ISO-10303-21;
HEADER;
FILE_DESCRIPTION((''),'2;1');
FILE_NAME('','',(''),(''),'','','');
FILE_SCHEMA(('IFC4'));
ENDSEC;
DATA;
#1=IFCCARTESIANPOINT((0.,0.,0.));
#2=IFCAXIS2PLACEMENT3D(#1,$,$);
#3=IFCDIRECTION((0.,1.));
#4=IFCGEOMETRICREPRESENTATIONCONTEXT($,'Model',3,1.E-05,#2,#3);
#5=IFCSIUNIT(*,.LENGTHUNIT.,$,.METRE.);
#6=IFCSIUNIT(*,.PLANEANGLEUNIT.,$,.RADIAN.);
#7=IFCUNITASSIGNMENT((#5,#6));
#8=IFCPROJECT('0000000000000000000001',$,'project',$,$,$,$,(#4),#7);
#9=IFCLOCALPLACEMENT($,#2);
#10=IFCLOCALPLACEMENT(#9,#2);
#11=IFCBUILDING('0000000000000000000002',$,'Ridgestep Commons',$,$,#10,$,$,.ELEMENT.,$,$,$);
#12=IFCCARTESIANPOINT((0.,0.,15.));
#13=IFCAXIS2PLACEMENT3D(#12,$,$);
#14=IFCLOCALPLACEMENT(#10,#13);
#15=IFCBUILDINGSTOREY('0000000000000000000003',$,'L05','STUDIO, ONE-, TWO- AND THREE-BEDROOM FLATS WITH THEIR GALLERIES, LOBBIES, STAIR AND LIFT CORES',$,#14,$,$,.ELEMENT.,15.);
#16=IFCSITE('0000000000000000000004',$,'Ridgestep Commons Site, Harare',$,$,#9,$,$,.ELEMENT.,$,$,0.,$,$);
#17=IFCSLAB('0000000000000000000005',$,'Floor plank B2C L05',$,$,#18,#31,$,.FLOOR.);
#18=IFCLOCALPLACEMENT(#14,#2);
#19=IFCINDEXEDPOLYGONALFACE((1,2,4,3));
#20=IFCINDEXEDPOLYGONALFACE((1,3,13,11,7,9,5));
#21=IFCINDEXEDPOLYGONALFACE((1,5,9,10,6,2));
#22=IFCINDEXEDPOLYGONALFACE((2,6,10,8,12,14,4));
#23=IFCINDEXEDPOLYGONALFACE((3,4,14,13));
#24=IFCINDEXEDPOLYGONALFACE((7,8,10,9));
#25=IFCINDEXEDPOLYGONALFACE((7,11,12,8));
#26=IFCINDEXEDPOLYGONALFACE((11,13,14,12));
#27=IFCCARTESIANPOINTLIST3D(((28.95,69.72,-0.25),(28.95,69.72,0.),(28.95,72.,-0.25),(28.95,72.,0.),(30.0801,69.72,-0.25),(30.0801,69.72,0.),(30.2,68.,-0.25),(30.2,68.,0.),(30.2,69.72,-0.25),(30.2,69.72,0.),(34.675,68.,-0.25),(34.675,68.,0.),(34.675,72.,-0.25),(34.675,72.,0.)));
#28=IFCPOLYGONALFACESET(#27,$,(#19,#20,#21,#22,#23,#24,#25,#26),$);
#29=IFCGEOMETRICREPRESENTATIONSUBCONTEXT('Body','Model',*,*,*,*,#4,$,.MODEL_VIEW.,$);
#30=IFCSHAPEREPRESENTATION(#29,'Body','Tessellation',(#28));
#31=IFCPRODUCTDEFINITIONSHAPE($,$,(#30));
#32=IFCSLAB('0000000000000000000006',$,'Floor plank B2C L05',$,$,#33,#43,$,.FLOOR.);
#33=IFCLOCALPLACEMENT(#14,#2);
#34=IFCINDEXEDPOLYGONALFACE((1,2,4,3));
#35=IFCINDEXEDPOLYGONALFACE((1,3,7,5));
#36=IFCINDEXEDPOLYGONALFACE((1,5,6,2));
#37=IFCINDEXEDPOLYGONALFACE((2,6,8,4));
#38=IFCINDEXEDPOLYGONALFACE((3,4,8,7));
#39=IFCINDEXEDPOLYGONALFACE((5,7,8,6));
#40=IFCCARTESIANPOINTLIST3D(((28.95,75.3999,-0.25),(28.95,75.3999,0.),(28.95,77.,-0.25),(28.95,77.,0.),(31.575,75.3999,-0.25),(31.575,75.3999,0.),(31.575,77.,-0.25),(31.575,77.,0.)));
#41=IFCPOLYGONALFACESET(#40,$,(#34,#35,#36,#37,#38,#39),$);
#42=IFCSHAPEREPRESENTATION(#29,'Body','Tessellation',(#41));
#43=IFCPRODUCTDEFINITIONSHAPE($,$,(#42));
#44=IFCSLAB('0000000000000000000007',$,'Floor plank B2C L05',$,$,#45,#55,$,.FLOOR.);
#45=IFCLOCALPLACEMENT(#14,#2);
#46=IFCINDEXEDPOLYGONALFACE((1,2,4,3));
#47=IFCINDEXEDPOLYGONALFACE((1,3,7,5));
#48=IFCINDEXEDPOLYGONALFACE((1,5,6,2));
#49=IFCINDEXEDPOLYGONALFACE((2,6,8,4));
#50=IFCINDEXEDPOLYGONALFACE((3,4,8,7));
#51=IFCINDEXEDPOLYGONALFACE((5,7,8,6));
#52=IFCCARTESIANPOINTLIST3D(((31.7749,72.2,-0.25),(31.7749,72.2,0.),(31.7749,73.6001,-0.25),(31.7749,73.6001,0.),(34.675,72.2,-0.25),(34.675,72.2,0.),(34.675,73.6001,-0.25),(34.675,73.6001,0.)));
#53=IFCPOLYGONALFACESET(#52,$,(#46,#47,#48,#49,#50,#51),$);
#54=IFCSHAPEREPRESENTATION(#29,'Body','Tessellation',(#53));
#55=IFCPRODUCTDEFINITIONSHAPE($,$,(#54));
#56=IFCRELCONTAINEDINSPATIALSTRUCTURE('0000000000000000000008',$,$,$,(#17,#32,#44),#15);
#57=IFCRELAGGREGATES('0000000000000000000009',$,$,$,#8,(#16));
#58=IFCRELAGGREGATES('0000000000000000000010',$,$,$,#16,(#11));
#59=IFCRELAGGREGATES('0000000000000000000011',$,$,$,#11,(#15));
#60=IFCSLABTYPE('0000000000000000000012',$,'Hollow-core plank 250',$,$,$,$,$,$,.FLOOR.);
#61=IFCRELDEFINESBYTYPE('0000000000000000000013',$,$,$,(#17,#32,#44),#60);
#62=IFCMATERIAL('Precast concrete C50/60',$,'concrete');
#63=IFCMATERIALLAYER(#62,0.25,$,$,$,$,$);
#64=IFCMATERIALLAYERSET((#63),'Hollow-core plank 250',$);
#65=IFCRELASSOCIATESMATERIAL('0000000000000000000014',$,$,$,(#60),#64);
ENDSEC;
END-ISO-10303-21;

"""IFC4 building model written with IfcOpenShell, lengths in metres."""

from ifc_helpers import new_model, si_unit, direction, frame, origin, place, context, subcontext, project, spatial, polyline, outline, extrude, material, layer, layer_set, type_object, element, save


model = new_model("IFC4")

# Units and contexts
model_context = context("Model", 3, precision=1e-05, world=origin(), true_north=direction((0.0, 1.0)))
body_context = subcontext(model_context, "Body", "Model", "MODEL_VIEW")
ifc_project = project(units=[si_unit("LENGTHUNIT", "METRE"), si_unit("PLANEANGLEUNIT", "RADIAN")], contexts=[model_context])

# Site, building, storey
site_placement = place(None, origin())
site = spatial("IfcSite", under=ifc_project, at=site_placement, Name="Ridgestep Commons Site, Harare", CompositionType="ELEMENT", RefElevation=0.0)
building_placement = place(site_placement, origin())
building = spatial("IfcBuilding", under=site, at=building_placement, Name="Ridgestep Commons", CompositionType="ELEMENT")
storey_placement = place(building_placement, frame((0.0, 0.0, 15.0)))
storey = spatial("IfcBuildingStorey", under=building, at=storey_placement, Name="L05", Description="STUDIO, ONE-, TWO- AND THREE-BEDROOM FLATS WITH THEIR GALLERIES, LOBBIES, STAIR AND LIFT CORES", CompositionType="ELEMENT", Elevation=15.0)

# Slabs
ifc_material = material(Name="Precast concrete C50/60", Category="concrete")
ifc_layer = layer(ifc_material, 0.25)
ifc_layer_set = layer_set([ifc_layer], Name="Hollow-core plank 250")
slab_type = type_object("IfcSlabType", Name="Hollow-core plank 250", PredefinedType="FLOOR", material=ifc_layer_set)
slab_1_placement = place(storey_placement, frame((0.0, 0.0, -0.25)))
element("IfcSlab", 1, at=slab_1_placement, inside=storey, type_object=slab_type, Name="Floor plank B2C L05", PredefinedType="FLOOR", context=body_context, shape_type="SweptSolid", body=[
    extrude(outline(polyline([(30.2, 68.0), (34.675, 68.0), (34.675, 72.0), (28.95, 72.0), (28.95, 69.72), (30.0801, 69.72), (30.2, 69.72), (30.2, 68.0)])), origin(), (0.0, 0.0, 1.0), 0.25),
])
slab_2_placement = place(storey_placement, frame((0.0, 0.0, -0.25)))
element("IfcSlab", 2, at=slab_2_placement, inside=storey, type_object=slab_type, Name="Floor plank B2C L05", PredefinedType="FLOOR", context=body_context, shape_type="SweptSolid", body=[
    extrude(outline(polyline([(31.575, 77.0), (28.95, 77.0), (28.95, 75.3999), (31.575, 75.3999), (31.575, 77.0)])), origin(), (0.0, 0.0, 1.0), 0.25),
])
slab_3_placement = place(storey_placement, frame((0.0, 0.0, -0.25)))
element("IfcSlab", 3, at=slab_3_placement, inside=storey, type_object=slab_type, Name="Floor plank B2C L05", PredefinedType="FLOOR", context=body_context, shape_type="SweptSolid", body=[
    extrude(outline(polyline([(34.675, 72.2), (34.675, 73.6001), (31.7749, 73.6001), (31.7749, 72.2), (34.675, 72.2)])), origin(), (0.0, 0.0, 1.0), 0.25),
])

save(model, "model.ifc")
